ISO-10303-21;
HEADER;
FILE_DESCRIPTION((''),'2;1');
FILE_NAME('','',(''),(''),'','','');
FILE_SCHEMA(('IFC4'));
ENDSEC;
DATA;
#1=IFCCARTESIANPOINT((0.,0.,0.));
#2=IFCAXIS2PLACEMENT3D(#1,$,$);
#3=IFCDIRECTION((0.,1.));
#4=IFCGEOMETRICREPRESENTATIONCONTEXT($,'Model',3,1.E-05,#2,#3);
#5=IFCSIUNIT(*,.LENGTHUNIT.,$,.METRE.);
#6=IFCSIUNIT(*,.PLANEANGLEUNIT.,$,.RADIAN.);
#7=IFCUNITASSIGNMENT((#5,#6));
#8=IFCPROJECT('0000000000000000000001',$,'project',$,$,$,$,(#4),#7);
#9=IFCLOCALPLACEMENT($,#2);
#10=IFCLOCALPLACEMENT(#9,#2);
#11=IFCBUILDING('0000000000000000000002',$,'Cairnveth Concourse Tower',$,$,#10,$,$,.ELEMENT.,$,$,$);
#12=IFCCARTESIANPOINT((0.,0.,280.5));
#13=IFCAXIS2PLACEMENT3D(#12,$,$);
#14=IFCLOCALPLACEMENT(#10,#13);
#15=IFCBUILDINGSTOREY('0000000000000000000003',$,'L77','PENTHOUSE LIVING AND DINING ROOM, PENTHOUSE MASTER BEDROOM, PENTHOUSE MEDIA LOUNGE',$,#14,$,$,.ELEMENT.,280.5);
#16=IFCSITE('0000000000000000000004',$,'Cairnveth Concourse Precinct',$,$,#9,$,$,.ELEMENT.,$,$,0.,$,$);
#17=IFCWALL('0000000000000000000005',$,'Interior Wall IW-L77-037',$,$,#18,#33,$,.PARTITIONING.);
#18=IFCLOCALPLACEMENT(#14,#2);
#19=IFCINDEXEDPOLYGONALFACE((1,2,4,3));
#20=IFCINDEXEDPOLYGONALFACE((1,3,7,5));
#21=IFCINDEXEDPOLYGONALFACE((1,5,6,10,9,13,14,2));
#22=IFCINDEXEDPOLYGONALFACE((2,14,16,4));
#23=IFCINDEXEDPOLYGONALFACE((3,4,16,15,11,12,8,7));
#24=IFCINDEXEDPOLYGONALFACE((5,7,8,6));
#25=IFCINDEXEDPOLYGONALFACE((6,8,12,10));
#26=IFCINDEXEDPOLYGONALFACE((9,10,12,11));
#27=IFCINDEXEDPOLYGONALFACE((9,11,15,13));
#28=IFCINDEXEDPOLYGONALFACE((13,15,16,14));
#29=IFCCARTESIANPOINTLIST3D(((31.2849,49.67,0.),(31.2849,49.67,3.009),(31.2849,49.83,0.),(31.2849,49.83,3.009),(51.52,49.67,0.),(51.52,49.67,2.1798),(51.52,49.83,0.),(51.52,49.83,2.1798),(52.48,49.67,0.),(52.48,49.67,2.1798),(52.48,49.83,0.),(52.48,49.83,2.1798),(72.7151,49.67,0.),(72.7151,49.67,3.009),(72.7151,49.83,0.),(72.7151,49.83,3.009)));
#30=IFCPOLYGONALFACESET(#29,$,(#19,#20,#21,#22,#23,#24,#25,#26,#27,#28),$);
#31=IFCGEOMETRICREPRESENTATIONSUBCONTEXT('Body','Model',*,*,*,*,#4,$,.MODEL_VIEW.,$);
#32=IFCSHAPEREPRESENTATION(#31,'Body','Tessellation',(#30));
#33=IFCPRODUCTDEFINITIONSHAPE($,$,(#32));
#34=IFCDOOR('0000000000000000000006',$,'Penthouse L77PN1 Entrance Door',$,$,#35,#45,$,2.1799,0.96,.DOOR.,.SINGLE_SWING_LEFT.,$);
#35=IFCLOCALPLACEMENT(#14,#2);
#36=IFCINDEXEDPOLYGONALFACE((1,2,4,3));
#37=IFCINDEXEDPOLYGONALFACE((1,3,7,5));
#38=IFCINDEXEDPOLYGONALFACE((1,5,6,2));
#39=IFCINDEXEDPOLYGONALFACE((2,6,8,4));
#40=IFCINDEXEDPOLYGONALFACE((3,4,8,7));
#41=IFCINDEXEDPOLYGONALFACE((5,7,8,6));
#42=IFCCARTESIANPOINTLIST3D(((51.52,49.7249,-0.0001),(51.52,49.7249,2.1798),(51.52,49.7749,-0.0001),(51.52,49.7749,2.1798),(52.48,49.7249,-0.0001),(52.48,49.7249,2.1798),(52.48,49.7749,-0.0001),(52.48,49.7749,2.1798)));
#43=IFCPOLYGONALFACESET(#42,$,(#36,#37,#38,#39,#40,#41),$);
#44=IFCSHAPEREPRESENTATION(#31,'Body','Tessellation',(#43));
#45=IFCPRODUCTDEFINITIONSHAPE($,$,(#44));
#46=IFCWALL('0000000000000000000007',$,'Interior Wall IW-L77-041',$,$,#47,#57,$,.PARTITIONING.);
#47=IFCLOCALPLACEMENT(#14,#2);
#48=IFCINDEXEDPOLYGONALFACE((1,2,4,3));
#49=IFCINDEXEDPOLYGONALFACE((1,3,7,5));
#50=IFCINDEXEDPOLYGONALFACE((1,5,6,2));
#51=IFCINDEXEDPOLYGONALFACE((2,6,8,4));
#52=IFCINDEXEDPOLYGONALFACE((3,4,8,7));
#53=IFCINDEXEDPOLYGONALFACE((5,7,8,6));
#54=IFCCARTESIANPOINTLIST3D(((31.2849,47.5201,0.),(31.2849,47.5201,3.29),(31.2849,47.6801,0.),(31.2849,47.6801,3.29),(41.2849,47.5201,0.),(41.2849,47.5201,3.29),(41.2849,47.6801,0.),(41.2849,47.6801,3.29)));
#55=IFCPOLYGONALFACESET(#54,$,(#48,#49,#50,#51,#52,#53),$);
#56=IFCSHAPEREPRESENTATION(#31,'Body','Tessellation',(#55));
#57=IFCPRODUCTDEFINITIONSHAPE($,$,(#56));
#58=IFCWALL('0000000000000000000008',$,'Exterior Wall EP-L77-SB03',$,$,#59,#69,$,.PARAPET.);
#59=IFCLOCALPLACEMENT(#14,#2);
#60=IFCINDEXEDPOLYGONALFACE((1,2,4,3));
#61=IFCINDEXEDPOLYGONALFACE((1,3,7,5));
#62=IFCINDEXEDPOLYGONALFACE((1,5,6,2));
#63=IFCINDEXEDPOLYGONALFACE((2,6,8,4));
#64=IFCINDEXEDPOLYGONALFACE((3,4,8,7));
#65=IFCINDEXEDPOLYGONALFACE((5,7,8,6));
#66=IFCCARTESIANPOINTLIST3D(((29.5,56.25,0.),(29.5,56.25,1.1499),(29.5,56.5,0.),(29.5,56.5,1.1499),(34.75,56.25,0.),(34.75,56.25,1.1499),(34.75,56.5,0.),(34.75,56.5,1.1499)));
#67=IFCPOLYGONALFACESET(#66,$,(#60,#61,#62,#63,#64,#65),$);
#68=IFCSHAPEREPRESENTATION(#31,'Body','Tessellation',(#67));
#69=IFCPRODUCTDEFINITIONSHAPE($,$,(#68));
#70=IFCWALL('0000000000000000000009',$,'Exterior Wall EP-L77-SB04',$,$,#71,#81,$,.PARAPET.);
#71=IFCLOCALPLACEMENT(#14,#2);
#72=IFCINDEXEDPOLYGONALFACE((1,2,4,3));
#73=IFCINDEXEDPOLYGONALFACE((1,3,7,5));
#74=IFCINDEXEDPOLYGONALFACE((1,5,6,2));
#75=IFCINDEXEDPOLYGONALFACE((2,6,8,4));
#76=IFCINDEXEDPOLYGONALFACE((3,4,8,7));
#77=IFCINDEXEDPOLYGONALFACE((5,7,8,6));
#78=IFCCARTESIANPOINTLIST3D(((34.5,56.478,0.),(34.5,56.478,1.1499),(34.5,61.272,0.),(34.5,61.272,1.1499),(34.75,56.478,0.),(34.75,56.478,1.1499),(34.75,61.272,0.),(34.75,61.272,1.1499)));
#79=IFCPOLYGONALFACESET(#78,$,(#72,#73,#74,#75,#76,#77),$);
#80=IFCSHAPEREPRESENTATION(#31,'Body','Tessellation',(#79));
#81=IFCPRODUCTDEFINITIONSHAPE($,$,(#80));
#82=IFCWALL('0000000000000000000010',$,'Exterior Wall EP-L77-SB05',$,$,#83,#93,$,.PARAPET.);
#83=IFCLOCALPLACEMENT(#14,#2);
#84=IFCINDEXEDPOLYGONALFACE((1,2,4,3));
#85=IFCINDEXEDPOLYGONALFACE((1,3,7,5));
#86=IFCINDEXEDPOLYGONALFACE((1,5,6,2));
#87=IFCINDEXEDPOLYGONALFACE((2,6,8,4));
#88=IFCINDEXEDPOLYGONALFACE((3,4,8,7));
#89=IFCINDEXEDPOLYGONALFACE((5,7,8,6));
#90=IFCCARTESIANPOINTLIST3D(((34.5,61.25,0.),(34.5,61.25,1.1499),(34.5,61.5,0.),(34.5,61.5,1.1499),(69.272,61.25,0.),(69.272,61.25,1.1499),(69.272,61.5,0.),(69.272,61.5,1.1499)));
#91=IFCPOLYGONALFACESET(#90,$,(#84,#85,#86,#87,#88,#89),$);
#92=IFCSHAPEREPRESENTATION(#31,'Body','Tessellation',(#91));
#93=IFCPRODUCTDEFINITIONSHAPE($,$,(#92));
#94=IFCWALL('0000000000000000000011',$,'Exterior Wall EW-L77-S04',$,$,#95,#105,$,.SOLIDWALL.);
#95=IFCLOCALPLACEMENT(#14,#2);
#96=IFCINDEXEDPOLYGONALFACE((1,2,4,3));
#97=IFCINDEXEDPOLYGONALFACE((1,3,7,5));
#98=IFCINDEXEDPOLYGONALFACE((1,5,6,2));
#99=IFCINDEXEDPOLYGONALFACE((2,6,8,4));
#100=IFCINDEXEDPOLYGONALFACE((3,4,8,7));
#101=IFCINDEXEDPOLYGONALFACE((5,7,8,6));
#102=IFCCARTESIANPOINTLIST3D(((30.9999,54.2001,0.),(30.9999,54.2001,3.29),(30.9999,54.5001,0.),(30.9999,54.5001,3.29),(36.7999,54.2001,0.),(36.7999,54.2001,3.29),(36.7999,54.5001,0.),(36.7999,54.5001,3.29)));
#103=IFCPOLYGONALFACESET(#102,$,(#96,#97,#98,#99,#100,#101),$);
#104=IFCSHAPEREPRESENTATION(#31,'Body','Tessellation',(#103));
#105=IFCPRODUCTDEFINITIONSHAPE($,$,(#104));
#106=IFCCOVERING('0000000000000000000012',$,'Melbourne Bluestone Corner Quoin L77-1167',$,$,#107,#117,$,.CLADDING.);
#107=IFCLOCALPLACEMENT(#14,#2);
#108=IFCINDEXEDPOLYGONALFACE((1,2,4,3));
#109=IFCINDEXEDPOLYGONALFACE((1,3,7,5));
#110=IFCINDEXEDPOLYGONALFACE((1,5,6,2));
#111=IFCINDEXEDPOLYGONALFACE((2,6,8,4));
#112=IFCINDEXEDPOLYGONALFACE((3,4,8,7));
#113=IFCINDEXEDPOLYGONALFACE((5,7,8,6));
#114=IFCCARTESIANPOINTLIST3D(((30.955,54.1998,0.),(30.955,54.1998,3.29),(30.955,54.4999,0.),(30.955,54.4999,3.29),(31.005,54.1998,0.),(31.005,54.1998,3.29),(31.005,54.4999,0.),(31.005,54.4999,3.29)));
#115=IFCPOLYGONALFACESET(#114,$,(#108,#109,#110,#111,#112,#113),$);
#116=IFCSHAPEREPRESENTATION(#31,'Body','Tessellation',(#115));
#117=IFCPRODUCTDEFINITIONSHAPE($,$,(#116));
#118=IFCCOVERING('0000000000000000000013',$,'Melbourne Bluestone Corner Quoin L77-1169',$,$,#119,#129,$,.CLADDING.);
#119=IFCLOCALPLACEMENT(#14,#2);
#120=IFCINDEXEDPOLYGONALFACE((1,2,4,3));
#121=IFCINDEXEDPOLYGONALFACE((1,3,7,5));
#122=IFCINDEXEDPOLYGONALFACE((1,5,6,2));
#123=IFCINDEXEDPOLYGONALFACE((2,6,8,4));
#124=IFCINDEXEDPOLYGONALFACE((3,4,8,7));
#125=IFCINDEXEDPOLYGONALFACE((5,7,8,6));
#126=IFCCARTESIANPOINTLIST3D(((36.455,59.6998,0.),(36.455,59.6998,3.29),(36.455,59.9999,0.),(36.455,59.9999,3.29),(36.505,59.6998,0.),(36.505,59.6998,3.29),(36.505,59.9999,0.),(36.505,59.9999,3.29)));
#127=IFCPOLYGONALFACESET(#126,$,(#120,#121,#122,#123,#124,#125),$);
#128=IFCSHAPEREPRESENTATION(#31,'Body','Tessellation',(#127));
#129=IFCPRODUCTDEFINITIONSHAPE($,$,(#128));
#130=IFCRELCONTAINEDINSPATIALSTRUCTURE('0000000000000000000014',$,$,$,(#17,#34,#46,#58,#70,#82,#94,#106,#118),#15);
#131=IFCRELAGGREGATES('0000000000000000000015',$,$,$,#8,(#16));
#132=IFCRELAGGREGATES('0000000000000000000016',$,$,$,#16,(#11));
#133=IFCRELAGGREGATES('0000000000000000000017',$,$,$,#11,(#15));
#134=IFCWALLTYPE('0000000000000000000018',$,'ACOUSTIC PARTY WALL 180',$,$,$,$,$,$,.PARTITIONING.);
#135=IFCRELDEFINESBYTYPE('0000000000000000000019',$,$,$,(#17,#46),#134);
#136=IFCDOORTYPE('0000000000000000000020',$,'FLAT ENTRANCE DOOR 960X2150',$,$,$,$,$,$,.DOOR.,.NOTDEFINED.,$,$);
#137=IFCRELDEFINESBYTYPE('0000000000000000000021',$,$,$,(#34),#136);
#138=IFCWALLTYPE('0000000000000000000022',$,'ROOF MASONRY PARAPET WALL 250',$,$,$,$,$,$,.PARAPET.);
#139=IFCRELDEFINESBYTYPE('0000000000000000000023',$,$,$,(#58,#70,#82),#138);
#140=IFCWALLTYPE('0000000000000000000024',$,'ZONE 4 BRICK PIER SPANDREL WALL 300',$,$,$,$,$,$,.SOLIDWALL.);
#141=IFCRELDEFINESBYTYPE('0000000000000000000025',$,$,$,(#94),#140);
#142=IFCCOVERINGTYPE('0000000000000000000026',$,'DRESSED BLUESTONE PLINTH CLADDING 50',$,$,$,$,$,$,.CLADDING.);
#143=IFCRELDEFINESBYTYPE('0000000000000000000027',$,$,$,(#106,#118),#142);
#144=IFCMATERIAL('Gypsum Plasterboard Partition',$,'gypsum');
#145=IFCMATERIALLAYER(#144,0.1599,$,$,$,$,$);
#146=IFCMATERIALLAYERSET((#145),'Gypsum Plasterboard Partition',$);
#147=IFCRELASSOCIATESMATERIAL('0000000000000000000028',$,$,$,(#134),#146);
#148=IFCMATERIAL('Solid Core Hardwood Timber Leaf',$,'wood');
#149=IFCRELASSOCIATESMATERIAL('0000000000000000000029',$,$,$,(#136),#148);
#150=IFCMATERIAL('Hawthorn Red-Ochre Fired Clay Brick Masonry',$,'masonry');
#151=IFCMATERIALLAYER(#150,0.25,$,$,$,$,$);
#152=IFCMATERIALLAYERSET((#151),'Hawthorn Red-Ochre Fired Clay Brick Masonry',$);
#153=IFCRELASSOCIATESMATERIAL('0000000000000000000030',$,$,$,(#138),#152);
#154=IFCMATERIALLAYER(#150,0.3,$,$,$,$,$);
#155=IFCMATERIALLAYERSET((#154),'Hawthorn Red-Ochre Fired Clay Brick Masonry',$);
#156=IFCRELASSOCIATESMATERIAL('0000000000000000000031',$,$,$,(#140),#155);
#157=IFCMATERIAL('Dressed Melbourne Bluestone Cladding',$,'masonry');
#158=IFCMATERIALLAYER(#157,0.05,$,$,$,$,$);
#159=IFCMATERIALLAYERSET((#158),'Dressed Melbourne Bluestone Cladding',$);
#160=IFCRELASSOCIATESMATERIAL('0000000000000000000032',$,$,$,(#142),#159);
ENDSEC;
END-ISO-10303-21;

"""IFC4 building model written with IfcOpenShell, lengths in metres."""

from ifc_helpers import new_model, si_unit, direction, frame, frame_2d, origin, place, context, subcontext, project, spatial, rectangle, extrude, material, layer, layer_set, type_object, element, fill, save


model = new_model("IFC4")

# Units and contexts
model_context = context("Model", 3, precision=1e-05, world=origin(), true_north=direction((0.0, 1.0)))
body_context = subcontext(model_context, "Body", "Model", "MODEL_VIEW")
ifc_project = project(units=[si_unit("LENGTHUNIT", "METRE"), si_unit("PLANEANGLEUNIT", "RADIAN")], contexts=[model_context])

# Site, building, storey
site_placement = place(None, origin())
site = spatial("IfcSite", under=ifc_project, at=site_placement, Name="Cairnveth Concourse Precinct", CompositionType="ELEMENT", RefElevation=0.0)
building_placement = place(site_placement, origin())
building = spatial("IfcBuilding", under=site, at=building_placement, Name="Cairnveth Concourse Tower", CompositionType="ELEMENT")
storey_placement = place(building_placement, frame((0.0, 0.0, 280.5)))
storey = spatial("IfcBuildingStorey", under=building, at=storey_placement, Name="L77", Description="PENTHOUSE LIVING AND DINING ROOM, PENTHOUSE MASTER BEDROOM, PENTHOUSE MEDIA LOUNGE", CompositionType="ELEMENT", Elevation=280.5)

# Wall, opening, door
ifc_material_1 = material(Name="Gypsum Plasterboard Partition", Category="gypsum")
ifc_layer_1 = layer(ifc_material_1, 0.1599)
ifc_layer_set_1 = layer_set([ifc_layer_1], Name="Gypsum Plasterboard Partition")
wall_type_1 = type_object("IfcWallType", Name="ACOUSTIC PARTY WALL 180", PredefinedType="PARTITIONING", material=ifc_layer_set_1)
wall_1_placement = place(storey_placement, frame((31.2849, 49.75, 0.0), z_axis=(0.0, 0.0, 1.0), x_axis=(1.0, 0.0, 0.0)))
wall_1 = element("IfcWall", 1, at=wall_1_placement, inside=storey, type_object=wall_type_1, Name="Interior Wall IW-L77-037", PredefinedType="PARTITIONING", context=body_context, shape_type="SweptSolid", body=[
    extrude(rectangle(XDim=41.4302, YDim=0.1599, at=frame_2d((20.7151, 0.0))), origin(), (0.0, 0.0, 1.0), 3.009),
])
opening_placement = place(wall_1_placement, frame((20.2351, 0.0, 0.0)))
opening = element("IfcOpeningElement", 2, at=opening_placement, cuts=wall_1, PredefinedType="OPENING", context=body_context, shape_type="SweptSolid", body=[
    extrude(rectangle(XDim=0.96, YDim=2.1799, at=frame_2d((0.48, 1.0898))), frame((0.0, 0.0898, 0.0), z_axis=(0.0, -1.0, 0.0), x_axis=(1.0, 0.0, 0.0)), (0.0, 0.0, 1.0), 0.1799),
])
ifc_material_2 = material(Name="Solid Core Hardwood Timber Leaf", Category="wood")
door_type = type_object("IfcDoorType", Name="FLAT ENTRANCE DOOR 960X2150", OperationType="NOTDEFINED", PredefinedType="DOOR", material=ifc_material_2)
door_placement = place(opening_placement, origin())
door = element("IfcDoor", 3, at=door_placement, inside=storey, type_object=door_type, Name="Penthouse L77PN1 Entrance Door", OperationType="SINGLE_SWING_LEFT", OverallHeight=2.1799, OverallWidth=0.96, PredefinedType="DOOR", context=body_context, shape_type="SweptSolid", body=[
    extrude(rectangle(XDim=0.96, YDim=2.1799, at=frame_2d((0.48, 1.0898))), frame((0.0, 0.0249, 0.0), z_axis=(0.0, -1.0, 0.0), x_axis=(1.0, 0.0, 0.0)), (0.0, 0.0, 1.0), 0.05),
])
fill(opening, door)

# Walls
wall_2_placement = place(storey_placement, frame((31.2849, 47.6001, 0.0), z_axis=(0.0, 0.0, 1.0), x_axis=(1.0, 0.0, 0.0)))
element("IfcWall", 4, at=wall_2_placement, inside=storey, type_object=wall_type_1, Name="Interior Wall IW-L77-041", PredefinedType="PARTITIONING", context=body_context, shape_type="SweptSolid", body=[
    extrude(rectangle(XDim=10.0, YDim=0.1599, at=frame_2d((5.0, 0.0))), origin(), (0.0, 0.0, 1.0), 3.29),
])
ifc_material_3 = material(Name="Hawthorn Red-Ochre Fired Clay Brick Masonry", Category="masonry")
ifc_layer_2 = layer(ifc_material_3, 0.25)
ifc_layer_set_2 = layer_set([ifc_layer_2], Name="Hawthorn Red-Ochre Fired Clay Brick Masonry")
wall_type_2 = type_object("IfcWallType", Name="ROOF MASONRY PARAPET WALL 250", PredefinedType="PARAPET", material=ifc_layer_set_2)
wall_3_placement = place(storey_placement, frame((29.5, 56.375, 0.0), z_axis=(0.0, 0.0, 1.0), x_axis=(1.0, 0.0, 0.0)))
element("IfcWall", 5, at=wall_3_placement, inside=storey, type_object=wall_type_2, Name="Exterior Wall EP-L77-SB03", PredefinedType="PARAPET", context=body_context, shape_type="SweptSolid", body=[
    extrude(rectangle(XDim=5.25, YDim=0.25, at=frame_2d((2.625, 0.0))), origin(), (0.0, 0.0, 1.0), 1.1499),
])
wall_4_placement = place(storey_placement, frame((34.625, 56.478, 0.0), z_axis=(0.0, 0.0, 1.0), x_axis=(0.0, 1.0, 0.0)))
element("IfcWall", 6, at=wall_4_placement, inside=storey, type_object=wall_type_2, Name="Exterior Wall EP-L77-SB04", PredefinedType="PARAPET", context=body_context, shape_type="SweptSolid", body=[
    extrude(rectangle(XDim=4.7939, YDim=0.25, at=frame_2d((2.397, 0.0))), origin(), (0.0, 0.0, 1.0), 1.1499),
])
wall_5_placement = place(storey_placement, frame((34.5, 61.375, 0.0), z_axis=(0.0, 0.0, 1.0), x_axis=(1.0, 0.0, 0.0)))
element("IfcWall", 7, at=wall_5_placement, inside=storey, type_object=wall_type_2, Name="Exterior Wall EP-L77-SB05", PredefinedType="PARAPET", context=body_context, shape_type="SweptSolid", body=[
    extrude(rectangle(XDim=34.772, YDim=0.25, at=frame_2d((17.386, 0.0))), origin(), (0.0, 0.0, 1.0), 1.1499),
])
ifc_layer_3 = layer(ifc_material_3, 0.3)
ifc_layer_set_3 = layer_set([ifc_layer_3], Name="Hawthorn Red-Ochre Fired Clay Brick Masonry")
wall_type_3 = type_object("IfcWallType", Name="ZONE 4 BRICK PIER SPANDREL WALL 300", PredefinedType="SOLIDWALL", material=ifc_layer_set_3)
wall_6_placement = place(storey_placement, frame((31.0, 54.3501, 0.0), z_axis=(0.0, 0.0, 1.0), x_axis=(1.0, 0.0, 0.0)))
element("IfcWall", 8, at=wall_6_placement, inside=storey, type_object=wall_type_3, Name="Exterior Wall EW-L77-S04", PredefinedType="SOLIDWALL", context=body_context, shape_type="SweptSolid", body=[
    extrude(rectangle(XDim=5.8, YDim=0.3, at=frame_2d((2.8999, 0.0))), origin(), (0.0, 0.0, 1.0), 3.29),
])

# Coverings
ifc_material_4 = material(Name="Dressed Melbourne Bluestone Cladding", Category="masonry")
ifc_layer_4 = layer(ifc_material_4, 0.05)
ifc_layer_set_4 = layer_set([ifc_layer_4], Name="Dressed Melbourne Bluestone Cladding")
covering_type = type_object("IfcCoveringType", Name="DRESSED BLUESTONE PLINTH CLADDING 50", PredefinedType="CLADDING", material=ifc_layer_set_4)
for number, where, z_axis, x_axis, name in (
    (9, (30.98, 54.2, 0.0), (0.0, 0.0, 1.0), (0.0, 1.0, 0.0), "Melbourne Bluestone Corner Quoin L77-1167"),
    (10, (36.48, 59.7, 0.0), (0.0, 0.0, 1.0), (0.0, 1.0, 0.0), "Melbourne Bluestone Corner Quoin L77-1169"),
):
    element("IfcCovering", number, at=place(storey_placement, frame(where, z_axis=z_axis, x_axis=x_axis)), inside=storey, type_object=covering_type, Name=name, PredefinedType="CLADDING", context=body_context, shape_type="SweptSolid", body=[
        extrude(rectangle(XDim=0.3, YDim=0.05, at=frame_2d((0.1499, 0.0))), origin(), (0.0, 0.0, 1.0), 3.29),
    ])

save(model, "model.ifc")
